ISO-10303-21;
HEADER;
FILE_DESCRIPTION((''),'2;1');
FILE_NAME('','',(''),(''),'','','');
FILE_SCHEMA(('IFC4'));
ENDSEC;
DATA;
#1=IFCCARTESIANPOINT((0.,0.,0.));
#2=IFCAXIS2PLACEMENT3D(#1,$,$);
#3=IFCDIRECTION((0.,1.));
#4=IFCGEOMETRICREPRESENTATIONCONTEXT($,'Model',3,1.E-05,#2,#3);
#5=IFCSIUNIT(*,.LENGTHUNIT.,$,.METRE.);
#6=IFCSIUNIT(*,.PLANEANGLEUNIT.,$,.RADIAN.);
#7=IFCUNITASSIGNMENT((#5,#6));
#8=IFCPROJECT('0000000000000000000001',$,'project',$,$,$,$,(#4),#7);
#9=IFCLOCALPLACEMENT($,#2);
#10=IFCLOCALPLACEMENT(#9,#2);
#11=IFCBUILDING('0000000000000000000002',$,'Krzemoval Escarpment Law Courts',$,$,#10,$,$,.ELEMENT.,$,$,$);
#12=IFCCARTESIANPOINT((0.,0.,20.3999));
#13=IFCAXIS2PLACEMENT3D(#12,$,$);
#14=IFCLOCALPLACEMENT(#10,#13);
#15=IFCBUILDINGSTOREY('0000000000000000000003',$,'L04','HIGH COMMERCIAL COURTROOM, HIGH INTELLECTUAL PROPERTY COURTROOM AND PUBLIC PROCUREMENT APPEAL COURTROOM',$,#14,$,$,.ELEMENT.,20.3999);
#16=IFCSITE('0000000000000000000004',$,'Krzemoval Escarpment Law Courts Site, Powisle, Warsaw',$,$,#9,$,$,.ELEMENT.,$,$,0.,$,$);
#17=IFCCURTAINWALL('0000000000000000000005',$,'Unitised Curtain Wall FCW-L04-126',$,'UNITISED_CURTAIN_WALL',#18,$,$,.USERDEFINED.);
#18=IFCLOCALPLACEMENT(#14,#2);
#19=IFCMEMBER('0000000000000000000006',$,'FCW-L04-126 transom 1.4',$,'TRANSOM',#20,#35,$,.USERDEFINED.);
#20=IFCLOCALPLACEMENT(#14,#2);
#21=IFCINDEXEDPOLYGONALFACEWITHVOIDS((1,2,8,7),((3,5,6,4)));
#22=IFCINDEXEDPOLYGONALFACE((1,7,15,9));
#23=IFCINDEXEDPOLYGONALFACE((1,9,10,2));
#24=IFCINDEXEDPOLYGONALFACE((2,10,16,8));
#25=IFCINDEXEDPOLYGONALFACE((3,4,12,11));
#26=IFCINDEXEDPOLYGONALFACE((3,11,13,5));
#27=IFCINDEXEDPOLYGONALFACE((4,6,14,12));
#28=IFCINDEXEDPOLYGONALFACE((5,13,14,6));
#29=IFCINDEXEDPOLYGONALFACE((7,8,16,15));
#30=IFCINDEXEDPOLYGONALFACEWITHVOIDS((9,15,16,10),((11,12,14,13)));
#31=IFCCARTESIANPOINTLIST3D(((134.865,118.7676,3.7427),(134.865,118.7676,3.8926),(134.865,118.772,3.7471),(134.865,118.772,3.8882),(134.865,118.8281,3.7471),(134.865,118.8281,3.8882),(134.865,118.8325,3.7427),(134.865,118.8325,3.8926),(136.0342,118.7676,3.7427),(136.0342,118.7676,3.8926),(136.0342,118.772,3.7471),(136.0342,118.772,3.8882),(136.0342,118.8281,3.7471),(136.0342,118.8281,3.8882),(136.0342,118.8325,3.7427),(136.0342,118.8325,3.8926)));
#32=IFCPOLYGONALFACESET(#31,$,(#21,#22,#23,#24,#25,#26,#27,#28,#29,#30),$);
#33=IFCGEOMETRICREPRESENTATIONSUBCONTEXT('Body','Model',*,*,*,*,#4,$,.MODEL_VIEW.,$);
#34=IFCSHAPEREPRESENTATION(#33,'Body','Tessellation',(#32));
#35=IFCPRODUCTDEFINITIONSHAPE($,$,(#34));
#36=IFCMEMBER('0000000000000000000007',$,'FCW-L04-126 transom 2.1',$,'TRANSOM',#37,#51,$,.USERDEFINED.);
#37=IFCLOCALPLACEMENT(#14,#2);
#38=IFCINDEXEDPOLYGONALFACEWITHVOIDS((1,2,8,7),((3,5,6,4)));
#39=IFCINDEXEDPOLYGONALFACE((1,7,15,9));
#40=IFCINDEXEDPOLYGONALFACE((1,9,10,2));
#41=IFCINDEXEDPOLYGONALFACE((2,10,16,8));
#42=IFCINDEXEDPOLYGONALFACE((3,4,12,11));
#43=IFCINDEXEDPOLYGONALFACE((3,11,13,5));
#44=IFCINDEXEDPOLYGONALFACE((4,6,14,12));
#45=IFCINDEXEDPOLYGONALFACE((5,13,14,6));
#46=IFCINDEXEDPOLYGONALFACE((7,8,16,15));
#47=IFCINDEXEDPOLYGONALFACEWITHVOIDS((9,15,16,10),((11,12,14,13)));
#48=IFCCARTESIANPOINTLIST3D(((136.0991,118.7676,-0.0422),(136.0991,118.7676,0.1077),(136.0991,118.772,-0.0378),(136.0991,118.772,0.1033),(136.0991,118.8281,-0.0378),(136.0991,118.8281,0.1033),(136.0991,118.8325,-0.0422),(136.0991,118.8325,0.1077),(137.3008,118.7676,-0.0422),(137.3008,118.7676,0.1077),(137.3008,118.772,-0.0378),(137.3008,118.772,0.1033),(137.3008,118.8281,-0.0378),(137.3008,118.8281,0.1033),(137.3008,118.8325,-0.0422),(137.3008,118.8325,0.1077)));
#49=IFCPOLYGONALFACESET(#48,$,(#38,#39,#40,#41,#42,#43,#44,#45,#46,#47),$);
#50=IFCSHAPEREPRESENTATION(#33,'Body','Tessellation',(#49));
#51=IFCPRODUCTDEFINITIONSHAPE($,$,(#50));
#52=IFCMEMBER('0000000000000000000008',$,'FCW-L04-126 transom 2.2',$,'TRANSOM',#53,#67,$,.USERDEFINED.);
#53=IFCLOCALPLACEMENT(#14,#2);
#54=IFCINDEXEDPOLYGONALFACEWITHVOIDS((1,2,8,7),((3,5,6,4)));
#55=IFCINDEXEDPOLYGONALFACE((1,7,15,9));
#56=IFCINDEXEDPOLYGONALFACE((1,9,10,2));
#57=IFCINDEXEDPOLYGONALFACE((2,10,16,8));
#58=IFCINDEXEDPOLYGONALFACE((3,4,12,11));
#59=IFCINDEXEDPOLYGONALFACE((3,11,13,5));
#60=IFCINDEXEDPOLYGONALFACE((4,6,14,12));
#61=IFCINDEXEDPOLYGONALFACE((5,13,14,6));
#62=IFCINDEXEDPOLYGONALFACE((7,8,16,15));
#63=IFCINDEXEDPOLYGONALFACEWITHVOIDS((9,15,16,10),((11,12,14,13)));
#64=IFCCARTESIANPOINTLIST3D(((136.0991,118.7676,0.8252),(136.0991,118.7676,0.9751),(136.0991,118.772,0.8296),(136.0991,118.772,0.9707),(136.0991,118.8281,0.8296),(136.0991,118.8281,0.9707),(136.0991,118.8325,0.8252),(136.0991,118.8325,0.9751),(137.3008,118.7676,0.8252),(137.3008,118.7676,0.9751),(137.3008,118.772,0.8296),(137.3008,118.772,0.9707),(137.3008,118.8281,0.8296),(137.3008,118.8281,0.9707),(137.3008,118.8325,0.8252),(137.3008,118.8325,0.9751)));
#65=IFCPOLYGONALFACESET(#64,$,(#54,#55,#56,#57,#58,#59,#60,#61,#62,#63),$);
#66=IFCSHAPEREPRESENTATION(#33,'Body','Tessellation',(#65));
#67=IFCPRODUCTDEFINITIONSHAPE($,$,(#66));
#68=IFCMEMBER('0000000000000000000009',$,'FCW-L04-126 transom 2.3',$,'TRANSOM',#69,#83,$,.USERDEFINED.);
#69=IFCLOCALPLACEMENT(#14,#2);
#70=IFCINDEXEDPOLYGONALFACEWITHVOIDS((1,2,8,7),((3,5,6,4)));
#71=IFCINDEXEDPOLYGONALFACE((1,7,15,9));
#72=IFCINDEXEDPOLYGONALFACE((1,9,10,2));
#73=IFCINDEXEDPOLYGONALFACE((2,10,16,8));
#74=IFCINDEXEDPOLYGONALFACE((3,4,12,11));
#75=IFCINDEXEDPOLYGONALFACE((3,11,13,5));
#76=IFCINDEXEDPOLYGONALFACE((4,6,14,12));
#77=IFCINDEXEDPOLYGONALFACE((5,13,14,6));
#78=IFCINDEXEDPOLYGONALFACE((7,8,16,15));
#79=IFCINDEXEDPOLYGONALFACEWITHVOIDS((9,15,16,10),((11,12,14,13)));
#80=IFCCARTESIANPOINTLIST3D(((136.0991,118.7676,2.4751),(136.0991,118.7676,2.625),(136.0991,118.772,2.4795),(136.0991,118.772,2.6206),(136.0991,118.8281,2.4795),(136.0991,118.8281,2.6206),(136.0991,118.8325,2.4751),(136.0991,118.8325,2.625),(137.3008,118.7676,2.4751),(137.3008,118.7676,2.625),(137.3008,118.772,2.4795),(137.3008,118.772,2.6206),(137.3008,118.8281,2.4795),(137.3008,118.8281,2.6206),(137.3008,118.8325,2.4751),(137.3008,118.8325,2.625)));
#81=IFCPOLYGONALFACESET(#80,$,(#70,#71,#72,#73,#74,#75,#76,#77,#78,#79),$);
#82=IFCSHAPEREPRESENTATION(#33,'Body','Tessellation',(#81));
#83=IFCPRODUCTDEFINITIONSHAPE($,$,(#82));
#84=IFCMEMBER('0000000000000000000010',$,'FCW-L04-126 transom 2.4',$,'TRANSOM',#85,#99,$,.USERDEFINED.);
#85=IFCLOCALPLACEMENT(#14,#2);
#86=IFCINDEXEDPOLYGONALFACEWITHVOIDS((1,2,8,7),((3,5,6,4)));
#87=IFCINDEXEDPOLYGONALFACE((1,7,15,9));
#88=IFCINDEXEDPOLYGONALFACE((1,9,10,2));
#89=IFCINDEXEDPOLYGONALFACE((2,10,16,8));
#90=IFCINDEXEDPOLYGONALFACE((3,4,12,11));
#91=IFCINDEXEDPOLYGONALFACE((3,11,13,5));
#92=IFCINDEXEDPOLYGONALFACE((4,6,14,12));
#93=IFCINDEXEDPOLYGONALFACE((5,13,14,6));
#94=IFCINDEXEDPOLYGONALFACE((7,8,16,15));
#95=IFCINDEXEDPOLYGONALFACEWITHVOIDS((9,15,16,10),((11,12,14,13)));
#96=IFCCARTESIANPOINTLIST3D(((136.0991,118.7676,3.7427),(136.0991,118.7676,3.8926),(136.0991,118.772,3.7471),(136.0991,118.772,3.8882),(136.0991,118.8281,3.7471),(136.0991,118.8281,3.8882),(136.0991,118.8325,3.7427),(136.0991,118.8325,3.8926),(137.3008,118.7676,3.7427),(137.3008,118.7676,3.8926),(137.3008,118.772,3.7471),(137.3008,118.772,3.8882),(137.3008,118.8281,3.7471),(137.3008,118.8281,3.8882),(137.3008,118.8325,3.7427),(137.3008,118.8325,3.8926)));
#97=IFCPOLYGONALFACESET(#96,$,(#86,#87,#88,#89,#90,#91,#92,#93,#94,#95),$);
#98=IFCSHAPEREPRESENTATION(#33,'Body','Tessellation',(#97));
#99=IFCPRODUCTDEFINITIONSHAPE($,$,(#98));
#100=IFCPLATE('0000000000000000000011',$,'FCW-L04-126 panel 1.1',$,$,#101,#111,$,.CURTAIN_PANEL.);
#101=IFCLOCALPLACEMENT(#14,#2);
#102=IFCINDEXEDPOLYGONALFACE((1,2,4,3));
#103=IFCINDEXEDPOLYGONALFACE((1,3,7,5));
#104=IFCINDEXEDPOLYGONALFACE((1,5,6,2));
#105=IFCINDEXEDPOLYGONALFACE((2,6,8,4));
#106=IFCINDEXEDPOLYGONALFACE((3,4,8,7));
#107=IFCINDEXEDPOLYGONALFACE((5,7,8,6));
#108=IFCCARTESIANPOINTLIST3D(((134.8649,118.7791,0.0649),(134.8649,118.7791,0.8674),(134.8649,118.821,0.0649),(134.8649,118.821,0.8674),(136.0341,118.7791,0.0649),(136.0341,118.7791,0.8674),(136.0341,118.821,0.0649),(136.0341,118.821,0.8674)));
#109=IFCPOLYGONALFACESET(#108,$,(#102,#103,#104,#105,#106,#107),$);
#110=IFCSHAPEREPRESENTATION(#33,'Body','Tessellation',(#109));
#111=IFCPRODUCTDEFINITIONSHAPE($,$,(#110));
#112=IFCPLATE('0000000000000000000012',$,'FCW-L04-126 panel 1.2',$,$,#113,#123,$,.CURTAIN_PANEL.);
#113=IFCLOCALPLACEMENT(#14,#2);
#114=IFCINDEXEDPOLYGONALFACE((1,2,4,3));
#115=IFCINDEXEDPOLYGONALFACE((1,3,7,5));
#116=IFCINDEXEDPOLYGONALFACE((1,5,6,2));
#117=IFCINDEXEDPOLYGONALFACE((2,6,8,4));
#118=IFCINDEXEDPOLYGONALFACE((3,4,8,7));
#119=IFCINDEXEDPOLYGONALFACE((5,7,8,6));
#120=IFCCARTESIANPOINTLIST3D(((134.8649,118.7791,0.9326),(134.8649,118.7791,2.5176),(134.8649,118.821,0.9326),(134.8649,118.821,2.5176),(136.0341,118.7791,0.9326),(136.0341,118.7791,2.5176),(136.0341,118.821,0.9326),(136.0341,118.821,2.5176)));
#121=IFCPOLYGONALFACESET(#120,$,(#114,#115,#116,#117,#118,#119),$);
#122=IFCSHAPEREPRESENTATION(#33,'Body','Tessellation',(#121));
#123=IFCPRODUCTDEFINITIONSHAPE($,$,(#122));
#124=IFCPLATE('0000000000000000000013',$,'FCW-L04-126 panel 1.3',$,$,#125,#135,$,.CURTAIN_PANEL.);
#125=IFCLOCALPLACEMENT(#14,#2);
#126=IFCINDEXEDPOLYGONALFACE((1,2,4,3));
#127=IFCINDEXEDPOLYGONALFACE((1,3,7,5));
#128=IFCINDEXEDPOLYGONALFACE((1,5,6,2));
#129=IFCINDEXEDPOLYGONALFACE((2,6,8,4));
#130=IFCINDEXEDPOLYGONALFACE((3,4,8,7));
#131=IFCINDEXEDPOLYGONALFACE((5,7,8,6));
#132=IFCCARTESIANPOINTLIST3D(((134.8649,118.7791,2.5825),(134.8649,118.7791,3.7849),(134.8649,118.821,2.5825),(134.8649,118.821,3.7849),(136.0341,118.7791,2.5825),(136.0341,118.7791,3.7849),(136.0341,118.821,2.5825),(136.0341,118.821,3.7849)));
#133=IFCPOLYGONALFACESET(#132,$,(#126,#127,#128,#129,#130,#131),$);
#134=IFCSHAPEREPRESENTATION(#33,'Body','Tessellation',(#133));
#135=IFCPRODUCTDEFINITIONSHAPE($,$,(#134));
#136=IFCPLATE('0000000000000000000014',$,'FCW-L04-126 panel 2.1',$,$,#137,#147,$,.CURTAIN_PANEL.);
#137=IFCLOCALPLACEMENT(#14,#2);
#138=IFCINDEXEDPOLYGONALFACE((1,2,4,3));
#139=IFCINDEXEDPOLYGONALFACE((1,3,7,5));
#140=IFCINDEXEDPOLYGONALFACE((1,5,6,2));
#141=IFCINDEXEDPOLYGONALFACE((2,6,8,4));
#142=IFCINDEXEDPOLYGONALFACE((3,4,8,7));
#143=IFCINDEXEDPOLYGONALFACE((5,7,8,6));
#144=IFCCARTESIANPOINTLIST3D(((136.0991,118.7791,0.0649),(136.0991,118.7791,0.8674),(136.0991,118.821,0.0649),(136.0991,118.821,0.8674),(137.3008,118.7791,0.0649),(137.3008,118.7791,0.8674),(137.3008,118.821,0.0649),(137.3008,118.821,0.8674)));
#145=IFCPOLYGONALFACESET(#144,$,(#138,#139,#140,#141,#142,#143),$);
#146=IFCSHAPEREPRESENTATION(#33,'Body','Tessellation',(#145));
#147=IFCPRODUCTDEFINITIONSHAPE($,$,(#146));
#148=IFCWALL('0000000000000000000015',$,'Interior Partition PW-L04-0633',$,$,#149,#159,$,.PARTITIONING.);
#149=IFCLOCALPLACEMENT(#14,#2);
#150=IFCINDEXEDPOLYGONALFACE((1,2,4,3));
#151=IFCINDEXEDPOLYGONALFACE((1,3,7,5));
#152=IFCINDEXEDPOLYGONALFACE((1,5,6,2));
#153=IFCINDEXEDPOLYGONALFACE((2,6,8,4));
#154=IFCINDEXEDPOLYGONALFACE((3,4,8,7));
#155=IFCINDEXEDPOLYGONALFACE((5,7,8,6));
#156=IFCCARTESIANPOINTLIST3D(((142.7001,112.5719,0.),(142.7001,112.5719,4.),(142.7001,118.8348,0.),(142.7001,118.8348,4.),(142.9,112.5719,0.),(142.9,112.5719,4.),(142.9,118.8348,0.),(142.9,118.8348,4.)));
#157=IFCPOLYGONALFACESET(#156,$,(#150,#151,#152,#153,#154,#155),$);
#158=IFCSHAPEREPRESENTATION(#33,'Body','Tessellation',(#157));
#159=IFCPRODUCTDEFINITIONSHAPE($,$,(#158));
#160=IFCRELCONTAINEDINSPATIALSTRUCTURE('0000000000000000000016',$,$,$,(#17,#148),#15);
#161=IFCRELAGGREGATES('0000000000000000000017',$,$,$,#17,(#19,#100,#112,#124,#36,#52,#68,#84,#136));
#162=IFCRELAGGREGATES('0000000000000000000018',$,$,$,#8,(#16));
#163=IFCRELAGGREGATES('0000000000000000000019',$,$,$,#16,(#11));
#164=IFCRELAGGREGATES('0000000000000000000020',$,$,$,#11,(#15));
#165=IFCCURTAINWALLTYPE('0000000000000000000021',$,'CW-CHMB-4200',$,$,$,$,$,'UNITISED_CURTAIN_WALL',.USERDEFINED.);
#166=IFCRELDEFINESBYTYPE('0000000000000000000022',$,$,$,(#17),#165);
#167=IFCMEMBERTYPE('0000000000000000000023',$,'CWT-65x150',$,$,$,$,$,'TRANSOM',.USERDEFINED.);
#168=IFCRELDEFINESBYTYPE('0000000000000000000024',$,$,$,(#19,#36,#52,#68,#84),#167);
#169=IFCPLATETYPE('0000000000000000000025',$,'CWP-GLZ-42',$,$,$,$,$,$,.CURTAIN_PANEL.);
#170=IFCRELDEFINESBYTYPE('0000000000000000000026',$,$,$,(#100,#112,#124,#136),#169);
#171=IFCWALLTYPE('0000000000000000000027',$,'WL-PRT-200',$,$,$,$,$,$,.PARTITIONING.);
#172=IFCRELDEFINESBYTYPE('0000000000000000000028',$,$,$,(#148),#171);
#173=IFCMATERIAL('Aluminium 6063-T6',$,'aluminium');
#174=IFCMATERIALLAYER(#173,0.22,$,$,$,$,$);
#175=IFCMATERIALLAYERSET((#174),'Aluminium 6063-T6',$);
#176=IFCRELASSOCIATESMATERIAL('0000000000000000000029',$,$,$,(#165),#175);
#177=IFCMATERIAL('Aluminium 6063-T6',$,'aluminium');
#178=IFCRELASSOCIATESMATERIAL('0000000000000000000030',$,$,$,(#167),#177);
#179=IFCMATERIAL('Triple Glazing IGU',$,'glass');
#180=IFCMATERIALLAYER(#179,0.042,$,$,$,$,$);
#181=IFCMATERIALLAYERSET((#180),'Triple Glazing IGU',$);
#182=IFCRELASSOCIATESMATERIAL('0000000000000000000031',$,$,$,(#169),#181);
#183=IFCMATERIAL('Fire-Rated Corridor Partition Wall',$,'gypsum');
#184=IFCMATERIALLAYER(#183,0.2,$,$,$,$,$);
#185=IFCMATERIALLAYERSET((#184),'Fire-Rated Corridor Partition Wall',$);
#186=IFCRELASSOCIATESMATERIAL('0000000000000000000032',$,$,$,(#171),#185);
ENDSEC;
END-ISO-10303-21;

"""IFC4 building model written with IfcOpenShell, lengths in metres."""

from ifc_helpers import new_model, si_unit, direction, frame, frame_2d, origin, origin_2d, place, context, subcontext, project, spatial, rectangle, hollow_rectangle, extrude, material, layer, layer_set, material_profile, profile_set, type_object, element, aggregate, save


model = new_model("IFC4")

# Units and contexts
model_context = context("Model", 3, precision=1e-05, world=origin(), true_north=direction((0.0, 1.0)))
body_context = subcontext(model_context, "Body", "Model", "MODEL_VIEW")
ifc_project = project(units=[si_unit("LENGTHUNIT", "METRE"), si_unit("PLANEANGLEUNIT", "RADIAN")], contexts=[model_context])

# Site, building, storey
site_placement = place(None, origin())
site = spatial("IfcSite", under=ifc_project, at=site_placement, Name="Krzemoval Escarpment Law Courts Site, Powisle, Warsaw", CompositionType="ELEMENT", RefElevation=0.0)
building_placement = place(site_placement, origin())
building = spatial("IfcBuilding", under=site, at=building_placement, Name="Krzemoval Escarpment Law Courts", CompositionType="ELEMENT")
storey_placement = place(building_placement, frame((0.0, 0.0, 20.3999)))
storey = spatial("IfcBuildingStorey", under=building, at=storey_placement, Name="L04", Description="HIGH COMMERCIAL COURTROOM, HIGH INTELLECTUAL PROPERTY COURTROOM AND PUBLIC PROCUREMENT APPEAL COURTROOM", CompositionType="ELEMENT", Elevation=20.3999)

# Curtain wall, members, plates
ifc_material_1 = material(Name="Aluminium 6063-T6", Category="aluminium")
ifc_layer_1 = layer(ifc_material_1, 0.22)
ifc_layer_set_1 = layer_set([ifc_layer_1], Name="Aluminium 6063-T6")
curtain_wall_type = type_object("IfcCurtainWallType", Name="CW-CHMB-4200", ElementType="UNITISED_CURTAIN_WALL", PredefinedType="USERDEFINED", material=ifc_layer_set_1)
curtain_wall_placement = place(storey_placement, origin())
curtain_wall = element("IfcCurtainWall", 1, at=curtain_wall_placement, inside=storey, type_object=curtain_wall_type, Name="Unitised Curtain Wall FCW-L04-126", ObjectType="UNITISED_CURTAIN_WALL", PredefinedType="USERDEFINED")
ifc_material_2 = material(Name="Aluminium 6063-T6", Category="aluminium")
ifc_material_profile_1 = material_profile(ifc_material_2, hollow_rectangle(XDim=0.0649, YDim=0.1499, WallThickness=0.0044, at=origin_2d()), Name="ALU T65x150")
ifc_profile_set_1 = profile_set([ifc_material_profile_1], Name="Aluminium 6063-T6")
member_type_1 = type_object("IfcMemberType", Name="CWT-65x150", ElementType="TRANSOM", PredefinedType="USERDEFINED", material=ifc_profile_set_1)
member_1_placement = place(storey_placement, frame((134.865, 118.8, 3.8176), z_axis=(1.0, 0.0, 0.0), x_axis=(0.0, 1.0, 0.0)))
member_1 = element("IfcMember", 2, at=member_1_placement, type_object=member_type_1, Name="FCW-L04-126 transom 1.4", ObjectType="TRANSOM", PredefinedType="USERDEFINED", context=body_context, shape_type="SweptSolid", body=[
    extrude(hollow_rectangle(XDim=0.0649, YDim=0.1499, WallThickness=0.0044, at=origin_2d()), origin(), (0.0, 0.0, 1.0), 1.1692),
])
member_2_placement = place(storey_placement, frame((136.0991, 118.8, 0.0327), z_axis=(1.0, 0.0, 0.0), x_axis=(0.0, 1.0, 0.0)))
member_2 = element("IfcMember", 3, at=member_2_placement, type_object=member_type_1, Name="FCW-L04-126 transom 2.1", ObjectType="TRANSOM", PredefinedType="USERDEFINED", context=body_context, shape_type="SweptSolid", body=[
    extrude(hollow_rectangle(XDim=0.0649, YDim=0.1499, WallThickness=0.0044, at=origin_2d()), origin(), (0.0, 0.0, 1.0), 1.2017),
])
member_3_placement = place(storey_placement, frame((136.0991, 118.8, 0.9001), z_axis=(1.0, 0.0, 0.0), x_axis=(0.0, 1.0, 0.0)))
member_3 = element("IfcMember", 4, at=member_3_placement, type_object=member_type_1, Name="FCW-L04-126 transom 2.2", ObjectType="TRANSOM", PredefinedType="USERDEFINED", context=body_context, shape_type="SweptSolid", body=[
    extrude(hollow_rectangle(XDim=0.0649, YDim=0.1499, WallThickness=0.0044, at=origin_2d()), origin(), (0.0, 0.0, 1.0), 1.2017),
])
member_4_placement = place(storey_placement, frame((136.0991, 118.8, 2.55), z_axis=(1.0, 0.0, 0.0), x_axis=(0.0, 1.0, 0.0)))
member_4 = element("IfcMember", 5, at=member_4_placement, type_object=member_type_1, Name="FCW-L04-126 transom 2.3", ObjectType="TRANSOM", PredefinedType="USERDEFINED", context=body_context, shape_type="SweptSolid", body=[
    extrude(hollow_rectangle(XDim=0.0649, YDim=0.1499, WallThickness=0.0044, at=origin_2d()), origin(), (0.0, 0.0, 1.0), 1.2017),
])
member_5_placement = place(storey_placement, frame((136.0991, 118.8, 3.8176), z_axis=(1.0, 0.0, 0.0), x_axis=(0.0, 1.0, 0.0)))
member_5 = element("IfcMember", 6, at=member_5_placement, type_object=member_type_1, Name="FCW-L04-126 transom 2.4", ObjectType="TRANSOM", PredefinedType="USERDEFINED", context=body_context, shape_type="SweptSolid", body=[
    extrude(hollow_rectangle(XDim=0.0649, YDim=0.1499, WallThickness=0.0044, at=origin_2d()), origin(), (0.0, 0.0, 1.0), 1.2017),
])
ifc_material_3 = material(Name="Triple Glazing IGU", Category="glass")
ifc_layer_2 = layer(ifc_material_3, 0.042)
ifc_layer_set_2 = layer_set([ifc_layer_2], Name="Triple Glazing IGU")
plate_type = type_object("IfcPlateType", Name="CWP-GLZ-42", PredefinedType="CURTAIN_PANEL", material=ifc_layer_set_2)
plate_1_placement = place(storey_placement, frame((135.4495, 118.8, 0.0649), z_axis=(0.0, 0.0, 1.0), x_axis=(1.0, 0.0, 0.0)))
plate_1 = element("IfcPlate", 7, at=plate_1_placement, type_object=plate_type, Name="FCW-L04-126 panel 1.1", PredefinedType="CURTAIN_PANEL", context=body_context, shape_type="SweptSolid", body=[
    extrude(rectangle(XDim=1.1692, YDim=0.042, at=origin_2d()), origin(), (0.0, 0.0, 1.0), 0.8025),
])
plate_2_placement = place(storey_placement, frame((135.4495, 118.8, 0.9326), z_axis=(0.0, 0.0, 1.0), x_axis=(1.0, 0.0, 0.0)))
plate_2 = element("IfcPlate", 8, at=plate_2_placement, type_object=plate_type, Name="FCW-L04-126 panel 1.2", PredefinedType="CURTAIN_PANEL", context=body_context, shape_type="SweptSolid", body=[
    extrude(rectangle(XDim=1.1692, YDim=0.042, at=origin_2d()), origin(), (0.0, 0.0, 1.0), 1.585),
])
plate_3_placement = place(storey_placement, frame((135.4495, 118.8, 2.5825), z_axis=(0.0, 0.0, 1.0), x_axis=(1.0, 0.0, 0.0)))
plate_3 = element("IfcPlate", 9, at=plate_3_placement, type_object=plate_type, Name="FCW-L04-126 panel 1.3", PredefinedType="CURTAIN_PANEL", context=body_context, shape_type="SweptSolid", body=[
    extrude(rectangle(XDim=1.1692, YDim=0.042, at=origin_2d()), origin(), (0.0, 0.0, 1.0), 1.2024),
])
plate_4_placement = place(storey_placement, frame((136.7, 118.8, 0.0649), z_axis=(0.0, 0.0, 1.0), x_axis=(1.0, 0.0, 0.0)))
plate_4 = element("IfcPlate", 10, at=plate_4_placement, type_object=plate_type, Name="FCW-L04-126 panel 2.1", PredefinedType="CURTAIN_PANEL", context=body_context, shape_type="SweptSolid", body=[
    extrude(rectangle(XDim=1.2017, YDim=0.042, at=origin_2d()), origin(), (0.0, 0.0, 1.0), 0.8025),
])
aggregate(curtain_wall, [member_1, plate_1, plate_2, plate_3, member_2, member_3, member_4, member_5, plate_4])

# Wall
ifc_material_4 = material(Name="Fire-Rated Corridor Partition Wall", Category="gypsum")
ifc_layer_3 = layer(ifc_material_4, 0.2)
ifc_layer_set_3 = layer_set([ifc_layer_3], Name="Fire-Rated Corridor Partition Wall")
wall_type = type_object("IfcWallType", Name="WL-PRT-200", PredefinedType="PARTITIONING", material=ifc_layer_set_3)
wall_placement = place(storey_placement, frame((142.8, 112.572, 0.0), z_axis=(0.0, 0.0, 1.0), x_axis=(0.0, 1.0, 0.0)))
element("IfcWall", 11, at=wall_placement, inside=storey, type_object=wall_type, Name="Interior Partition PW-L04-0633", PredefinedType="PARTITIONING", context=body_context, shape_type="SweptSolid", body=[
    extrude(rectangle(XDim=6.2629, YDim=0.2, at=frame_2d((3.1313, 0.0))), origin(), (0.0, 0.0, 1.0), 4.0),
])

save(model, "model.ifc")
